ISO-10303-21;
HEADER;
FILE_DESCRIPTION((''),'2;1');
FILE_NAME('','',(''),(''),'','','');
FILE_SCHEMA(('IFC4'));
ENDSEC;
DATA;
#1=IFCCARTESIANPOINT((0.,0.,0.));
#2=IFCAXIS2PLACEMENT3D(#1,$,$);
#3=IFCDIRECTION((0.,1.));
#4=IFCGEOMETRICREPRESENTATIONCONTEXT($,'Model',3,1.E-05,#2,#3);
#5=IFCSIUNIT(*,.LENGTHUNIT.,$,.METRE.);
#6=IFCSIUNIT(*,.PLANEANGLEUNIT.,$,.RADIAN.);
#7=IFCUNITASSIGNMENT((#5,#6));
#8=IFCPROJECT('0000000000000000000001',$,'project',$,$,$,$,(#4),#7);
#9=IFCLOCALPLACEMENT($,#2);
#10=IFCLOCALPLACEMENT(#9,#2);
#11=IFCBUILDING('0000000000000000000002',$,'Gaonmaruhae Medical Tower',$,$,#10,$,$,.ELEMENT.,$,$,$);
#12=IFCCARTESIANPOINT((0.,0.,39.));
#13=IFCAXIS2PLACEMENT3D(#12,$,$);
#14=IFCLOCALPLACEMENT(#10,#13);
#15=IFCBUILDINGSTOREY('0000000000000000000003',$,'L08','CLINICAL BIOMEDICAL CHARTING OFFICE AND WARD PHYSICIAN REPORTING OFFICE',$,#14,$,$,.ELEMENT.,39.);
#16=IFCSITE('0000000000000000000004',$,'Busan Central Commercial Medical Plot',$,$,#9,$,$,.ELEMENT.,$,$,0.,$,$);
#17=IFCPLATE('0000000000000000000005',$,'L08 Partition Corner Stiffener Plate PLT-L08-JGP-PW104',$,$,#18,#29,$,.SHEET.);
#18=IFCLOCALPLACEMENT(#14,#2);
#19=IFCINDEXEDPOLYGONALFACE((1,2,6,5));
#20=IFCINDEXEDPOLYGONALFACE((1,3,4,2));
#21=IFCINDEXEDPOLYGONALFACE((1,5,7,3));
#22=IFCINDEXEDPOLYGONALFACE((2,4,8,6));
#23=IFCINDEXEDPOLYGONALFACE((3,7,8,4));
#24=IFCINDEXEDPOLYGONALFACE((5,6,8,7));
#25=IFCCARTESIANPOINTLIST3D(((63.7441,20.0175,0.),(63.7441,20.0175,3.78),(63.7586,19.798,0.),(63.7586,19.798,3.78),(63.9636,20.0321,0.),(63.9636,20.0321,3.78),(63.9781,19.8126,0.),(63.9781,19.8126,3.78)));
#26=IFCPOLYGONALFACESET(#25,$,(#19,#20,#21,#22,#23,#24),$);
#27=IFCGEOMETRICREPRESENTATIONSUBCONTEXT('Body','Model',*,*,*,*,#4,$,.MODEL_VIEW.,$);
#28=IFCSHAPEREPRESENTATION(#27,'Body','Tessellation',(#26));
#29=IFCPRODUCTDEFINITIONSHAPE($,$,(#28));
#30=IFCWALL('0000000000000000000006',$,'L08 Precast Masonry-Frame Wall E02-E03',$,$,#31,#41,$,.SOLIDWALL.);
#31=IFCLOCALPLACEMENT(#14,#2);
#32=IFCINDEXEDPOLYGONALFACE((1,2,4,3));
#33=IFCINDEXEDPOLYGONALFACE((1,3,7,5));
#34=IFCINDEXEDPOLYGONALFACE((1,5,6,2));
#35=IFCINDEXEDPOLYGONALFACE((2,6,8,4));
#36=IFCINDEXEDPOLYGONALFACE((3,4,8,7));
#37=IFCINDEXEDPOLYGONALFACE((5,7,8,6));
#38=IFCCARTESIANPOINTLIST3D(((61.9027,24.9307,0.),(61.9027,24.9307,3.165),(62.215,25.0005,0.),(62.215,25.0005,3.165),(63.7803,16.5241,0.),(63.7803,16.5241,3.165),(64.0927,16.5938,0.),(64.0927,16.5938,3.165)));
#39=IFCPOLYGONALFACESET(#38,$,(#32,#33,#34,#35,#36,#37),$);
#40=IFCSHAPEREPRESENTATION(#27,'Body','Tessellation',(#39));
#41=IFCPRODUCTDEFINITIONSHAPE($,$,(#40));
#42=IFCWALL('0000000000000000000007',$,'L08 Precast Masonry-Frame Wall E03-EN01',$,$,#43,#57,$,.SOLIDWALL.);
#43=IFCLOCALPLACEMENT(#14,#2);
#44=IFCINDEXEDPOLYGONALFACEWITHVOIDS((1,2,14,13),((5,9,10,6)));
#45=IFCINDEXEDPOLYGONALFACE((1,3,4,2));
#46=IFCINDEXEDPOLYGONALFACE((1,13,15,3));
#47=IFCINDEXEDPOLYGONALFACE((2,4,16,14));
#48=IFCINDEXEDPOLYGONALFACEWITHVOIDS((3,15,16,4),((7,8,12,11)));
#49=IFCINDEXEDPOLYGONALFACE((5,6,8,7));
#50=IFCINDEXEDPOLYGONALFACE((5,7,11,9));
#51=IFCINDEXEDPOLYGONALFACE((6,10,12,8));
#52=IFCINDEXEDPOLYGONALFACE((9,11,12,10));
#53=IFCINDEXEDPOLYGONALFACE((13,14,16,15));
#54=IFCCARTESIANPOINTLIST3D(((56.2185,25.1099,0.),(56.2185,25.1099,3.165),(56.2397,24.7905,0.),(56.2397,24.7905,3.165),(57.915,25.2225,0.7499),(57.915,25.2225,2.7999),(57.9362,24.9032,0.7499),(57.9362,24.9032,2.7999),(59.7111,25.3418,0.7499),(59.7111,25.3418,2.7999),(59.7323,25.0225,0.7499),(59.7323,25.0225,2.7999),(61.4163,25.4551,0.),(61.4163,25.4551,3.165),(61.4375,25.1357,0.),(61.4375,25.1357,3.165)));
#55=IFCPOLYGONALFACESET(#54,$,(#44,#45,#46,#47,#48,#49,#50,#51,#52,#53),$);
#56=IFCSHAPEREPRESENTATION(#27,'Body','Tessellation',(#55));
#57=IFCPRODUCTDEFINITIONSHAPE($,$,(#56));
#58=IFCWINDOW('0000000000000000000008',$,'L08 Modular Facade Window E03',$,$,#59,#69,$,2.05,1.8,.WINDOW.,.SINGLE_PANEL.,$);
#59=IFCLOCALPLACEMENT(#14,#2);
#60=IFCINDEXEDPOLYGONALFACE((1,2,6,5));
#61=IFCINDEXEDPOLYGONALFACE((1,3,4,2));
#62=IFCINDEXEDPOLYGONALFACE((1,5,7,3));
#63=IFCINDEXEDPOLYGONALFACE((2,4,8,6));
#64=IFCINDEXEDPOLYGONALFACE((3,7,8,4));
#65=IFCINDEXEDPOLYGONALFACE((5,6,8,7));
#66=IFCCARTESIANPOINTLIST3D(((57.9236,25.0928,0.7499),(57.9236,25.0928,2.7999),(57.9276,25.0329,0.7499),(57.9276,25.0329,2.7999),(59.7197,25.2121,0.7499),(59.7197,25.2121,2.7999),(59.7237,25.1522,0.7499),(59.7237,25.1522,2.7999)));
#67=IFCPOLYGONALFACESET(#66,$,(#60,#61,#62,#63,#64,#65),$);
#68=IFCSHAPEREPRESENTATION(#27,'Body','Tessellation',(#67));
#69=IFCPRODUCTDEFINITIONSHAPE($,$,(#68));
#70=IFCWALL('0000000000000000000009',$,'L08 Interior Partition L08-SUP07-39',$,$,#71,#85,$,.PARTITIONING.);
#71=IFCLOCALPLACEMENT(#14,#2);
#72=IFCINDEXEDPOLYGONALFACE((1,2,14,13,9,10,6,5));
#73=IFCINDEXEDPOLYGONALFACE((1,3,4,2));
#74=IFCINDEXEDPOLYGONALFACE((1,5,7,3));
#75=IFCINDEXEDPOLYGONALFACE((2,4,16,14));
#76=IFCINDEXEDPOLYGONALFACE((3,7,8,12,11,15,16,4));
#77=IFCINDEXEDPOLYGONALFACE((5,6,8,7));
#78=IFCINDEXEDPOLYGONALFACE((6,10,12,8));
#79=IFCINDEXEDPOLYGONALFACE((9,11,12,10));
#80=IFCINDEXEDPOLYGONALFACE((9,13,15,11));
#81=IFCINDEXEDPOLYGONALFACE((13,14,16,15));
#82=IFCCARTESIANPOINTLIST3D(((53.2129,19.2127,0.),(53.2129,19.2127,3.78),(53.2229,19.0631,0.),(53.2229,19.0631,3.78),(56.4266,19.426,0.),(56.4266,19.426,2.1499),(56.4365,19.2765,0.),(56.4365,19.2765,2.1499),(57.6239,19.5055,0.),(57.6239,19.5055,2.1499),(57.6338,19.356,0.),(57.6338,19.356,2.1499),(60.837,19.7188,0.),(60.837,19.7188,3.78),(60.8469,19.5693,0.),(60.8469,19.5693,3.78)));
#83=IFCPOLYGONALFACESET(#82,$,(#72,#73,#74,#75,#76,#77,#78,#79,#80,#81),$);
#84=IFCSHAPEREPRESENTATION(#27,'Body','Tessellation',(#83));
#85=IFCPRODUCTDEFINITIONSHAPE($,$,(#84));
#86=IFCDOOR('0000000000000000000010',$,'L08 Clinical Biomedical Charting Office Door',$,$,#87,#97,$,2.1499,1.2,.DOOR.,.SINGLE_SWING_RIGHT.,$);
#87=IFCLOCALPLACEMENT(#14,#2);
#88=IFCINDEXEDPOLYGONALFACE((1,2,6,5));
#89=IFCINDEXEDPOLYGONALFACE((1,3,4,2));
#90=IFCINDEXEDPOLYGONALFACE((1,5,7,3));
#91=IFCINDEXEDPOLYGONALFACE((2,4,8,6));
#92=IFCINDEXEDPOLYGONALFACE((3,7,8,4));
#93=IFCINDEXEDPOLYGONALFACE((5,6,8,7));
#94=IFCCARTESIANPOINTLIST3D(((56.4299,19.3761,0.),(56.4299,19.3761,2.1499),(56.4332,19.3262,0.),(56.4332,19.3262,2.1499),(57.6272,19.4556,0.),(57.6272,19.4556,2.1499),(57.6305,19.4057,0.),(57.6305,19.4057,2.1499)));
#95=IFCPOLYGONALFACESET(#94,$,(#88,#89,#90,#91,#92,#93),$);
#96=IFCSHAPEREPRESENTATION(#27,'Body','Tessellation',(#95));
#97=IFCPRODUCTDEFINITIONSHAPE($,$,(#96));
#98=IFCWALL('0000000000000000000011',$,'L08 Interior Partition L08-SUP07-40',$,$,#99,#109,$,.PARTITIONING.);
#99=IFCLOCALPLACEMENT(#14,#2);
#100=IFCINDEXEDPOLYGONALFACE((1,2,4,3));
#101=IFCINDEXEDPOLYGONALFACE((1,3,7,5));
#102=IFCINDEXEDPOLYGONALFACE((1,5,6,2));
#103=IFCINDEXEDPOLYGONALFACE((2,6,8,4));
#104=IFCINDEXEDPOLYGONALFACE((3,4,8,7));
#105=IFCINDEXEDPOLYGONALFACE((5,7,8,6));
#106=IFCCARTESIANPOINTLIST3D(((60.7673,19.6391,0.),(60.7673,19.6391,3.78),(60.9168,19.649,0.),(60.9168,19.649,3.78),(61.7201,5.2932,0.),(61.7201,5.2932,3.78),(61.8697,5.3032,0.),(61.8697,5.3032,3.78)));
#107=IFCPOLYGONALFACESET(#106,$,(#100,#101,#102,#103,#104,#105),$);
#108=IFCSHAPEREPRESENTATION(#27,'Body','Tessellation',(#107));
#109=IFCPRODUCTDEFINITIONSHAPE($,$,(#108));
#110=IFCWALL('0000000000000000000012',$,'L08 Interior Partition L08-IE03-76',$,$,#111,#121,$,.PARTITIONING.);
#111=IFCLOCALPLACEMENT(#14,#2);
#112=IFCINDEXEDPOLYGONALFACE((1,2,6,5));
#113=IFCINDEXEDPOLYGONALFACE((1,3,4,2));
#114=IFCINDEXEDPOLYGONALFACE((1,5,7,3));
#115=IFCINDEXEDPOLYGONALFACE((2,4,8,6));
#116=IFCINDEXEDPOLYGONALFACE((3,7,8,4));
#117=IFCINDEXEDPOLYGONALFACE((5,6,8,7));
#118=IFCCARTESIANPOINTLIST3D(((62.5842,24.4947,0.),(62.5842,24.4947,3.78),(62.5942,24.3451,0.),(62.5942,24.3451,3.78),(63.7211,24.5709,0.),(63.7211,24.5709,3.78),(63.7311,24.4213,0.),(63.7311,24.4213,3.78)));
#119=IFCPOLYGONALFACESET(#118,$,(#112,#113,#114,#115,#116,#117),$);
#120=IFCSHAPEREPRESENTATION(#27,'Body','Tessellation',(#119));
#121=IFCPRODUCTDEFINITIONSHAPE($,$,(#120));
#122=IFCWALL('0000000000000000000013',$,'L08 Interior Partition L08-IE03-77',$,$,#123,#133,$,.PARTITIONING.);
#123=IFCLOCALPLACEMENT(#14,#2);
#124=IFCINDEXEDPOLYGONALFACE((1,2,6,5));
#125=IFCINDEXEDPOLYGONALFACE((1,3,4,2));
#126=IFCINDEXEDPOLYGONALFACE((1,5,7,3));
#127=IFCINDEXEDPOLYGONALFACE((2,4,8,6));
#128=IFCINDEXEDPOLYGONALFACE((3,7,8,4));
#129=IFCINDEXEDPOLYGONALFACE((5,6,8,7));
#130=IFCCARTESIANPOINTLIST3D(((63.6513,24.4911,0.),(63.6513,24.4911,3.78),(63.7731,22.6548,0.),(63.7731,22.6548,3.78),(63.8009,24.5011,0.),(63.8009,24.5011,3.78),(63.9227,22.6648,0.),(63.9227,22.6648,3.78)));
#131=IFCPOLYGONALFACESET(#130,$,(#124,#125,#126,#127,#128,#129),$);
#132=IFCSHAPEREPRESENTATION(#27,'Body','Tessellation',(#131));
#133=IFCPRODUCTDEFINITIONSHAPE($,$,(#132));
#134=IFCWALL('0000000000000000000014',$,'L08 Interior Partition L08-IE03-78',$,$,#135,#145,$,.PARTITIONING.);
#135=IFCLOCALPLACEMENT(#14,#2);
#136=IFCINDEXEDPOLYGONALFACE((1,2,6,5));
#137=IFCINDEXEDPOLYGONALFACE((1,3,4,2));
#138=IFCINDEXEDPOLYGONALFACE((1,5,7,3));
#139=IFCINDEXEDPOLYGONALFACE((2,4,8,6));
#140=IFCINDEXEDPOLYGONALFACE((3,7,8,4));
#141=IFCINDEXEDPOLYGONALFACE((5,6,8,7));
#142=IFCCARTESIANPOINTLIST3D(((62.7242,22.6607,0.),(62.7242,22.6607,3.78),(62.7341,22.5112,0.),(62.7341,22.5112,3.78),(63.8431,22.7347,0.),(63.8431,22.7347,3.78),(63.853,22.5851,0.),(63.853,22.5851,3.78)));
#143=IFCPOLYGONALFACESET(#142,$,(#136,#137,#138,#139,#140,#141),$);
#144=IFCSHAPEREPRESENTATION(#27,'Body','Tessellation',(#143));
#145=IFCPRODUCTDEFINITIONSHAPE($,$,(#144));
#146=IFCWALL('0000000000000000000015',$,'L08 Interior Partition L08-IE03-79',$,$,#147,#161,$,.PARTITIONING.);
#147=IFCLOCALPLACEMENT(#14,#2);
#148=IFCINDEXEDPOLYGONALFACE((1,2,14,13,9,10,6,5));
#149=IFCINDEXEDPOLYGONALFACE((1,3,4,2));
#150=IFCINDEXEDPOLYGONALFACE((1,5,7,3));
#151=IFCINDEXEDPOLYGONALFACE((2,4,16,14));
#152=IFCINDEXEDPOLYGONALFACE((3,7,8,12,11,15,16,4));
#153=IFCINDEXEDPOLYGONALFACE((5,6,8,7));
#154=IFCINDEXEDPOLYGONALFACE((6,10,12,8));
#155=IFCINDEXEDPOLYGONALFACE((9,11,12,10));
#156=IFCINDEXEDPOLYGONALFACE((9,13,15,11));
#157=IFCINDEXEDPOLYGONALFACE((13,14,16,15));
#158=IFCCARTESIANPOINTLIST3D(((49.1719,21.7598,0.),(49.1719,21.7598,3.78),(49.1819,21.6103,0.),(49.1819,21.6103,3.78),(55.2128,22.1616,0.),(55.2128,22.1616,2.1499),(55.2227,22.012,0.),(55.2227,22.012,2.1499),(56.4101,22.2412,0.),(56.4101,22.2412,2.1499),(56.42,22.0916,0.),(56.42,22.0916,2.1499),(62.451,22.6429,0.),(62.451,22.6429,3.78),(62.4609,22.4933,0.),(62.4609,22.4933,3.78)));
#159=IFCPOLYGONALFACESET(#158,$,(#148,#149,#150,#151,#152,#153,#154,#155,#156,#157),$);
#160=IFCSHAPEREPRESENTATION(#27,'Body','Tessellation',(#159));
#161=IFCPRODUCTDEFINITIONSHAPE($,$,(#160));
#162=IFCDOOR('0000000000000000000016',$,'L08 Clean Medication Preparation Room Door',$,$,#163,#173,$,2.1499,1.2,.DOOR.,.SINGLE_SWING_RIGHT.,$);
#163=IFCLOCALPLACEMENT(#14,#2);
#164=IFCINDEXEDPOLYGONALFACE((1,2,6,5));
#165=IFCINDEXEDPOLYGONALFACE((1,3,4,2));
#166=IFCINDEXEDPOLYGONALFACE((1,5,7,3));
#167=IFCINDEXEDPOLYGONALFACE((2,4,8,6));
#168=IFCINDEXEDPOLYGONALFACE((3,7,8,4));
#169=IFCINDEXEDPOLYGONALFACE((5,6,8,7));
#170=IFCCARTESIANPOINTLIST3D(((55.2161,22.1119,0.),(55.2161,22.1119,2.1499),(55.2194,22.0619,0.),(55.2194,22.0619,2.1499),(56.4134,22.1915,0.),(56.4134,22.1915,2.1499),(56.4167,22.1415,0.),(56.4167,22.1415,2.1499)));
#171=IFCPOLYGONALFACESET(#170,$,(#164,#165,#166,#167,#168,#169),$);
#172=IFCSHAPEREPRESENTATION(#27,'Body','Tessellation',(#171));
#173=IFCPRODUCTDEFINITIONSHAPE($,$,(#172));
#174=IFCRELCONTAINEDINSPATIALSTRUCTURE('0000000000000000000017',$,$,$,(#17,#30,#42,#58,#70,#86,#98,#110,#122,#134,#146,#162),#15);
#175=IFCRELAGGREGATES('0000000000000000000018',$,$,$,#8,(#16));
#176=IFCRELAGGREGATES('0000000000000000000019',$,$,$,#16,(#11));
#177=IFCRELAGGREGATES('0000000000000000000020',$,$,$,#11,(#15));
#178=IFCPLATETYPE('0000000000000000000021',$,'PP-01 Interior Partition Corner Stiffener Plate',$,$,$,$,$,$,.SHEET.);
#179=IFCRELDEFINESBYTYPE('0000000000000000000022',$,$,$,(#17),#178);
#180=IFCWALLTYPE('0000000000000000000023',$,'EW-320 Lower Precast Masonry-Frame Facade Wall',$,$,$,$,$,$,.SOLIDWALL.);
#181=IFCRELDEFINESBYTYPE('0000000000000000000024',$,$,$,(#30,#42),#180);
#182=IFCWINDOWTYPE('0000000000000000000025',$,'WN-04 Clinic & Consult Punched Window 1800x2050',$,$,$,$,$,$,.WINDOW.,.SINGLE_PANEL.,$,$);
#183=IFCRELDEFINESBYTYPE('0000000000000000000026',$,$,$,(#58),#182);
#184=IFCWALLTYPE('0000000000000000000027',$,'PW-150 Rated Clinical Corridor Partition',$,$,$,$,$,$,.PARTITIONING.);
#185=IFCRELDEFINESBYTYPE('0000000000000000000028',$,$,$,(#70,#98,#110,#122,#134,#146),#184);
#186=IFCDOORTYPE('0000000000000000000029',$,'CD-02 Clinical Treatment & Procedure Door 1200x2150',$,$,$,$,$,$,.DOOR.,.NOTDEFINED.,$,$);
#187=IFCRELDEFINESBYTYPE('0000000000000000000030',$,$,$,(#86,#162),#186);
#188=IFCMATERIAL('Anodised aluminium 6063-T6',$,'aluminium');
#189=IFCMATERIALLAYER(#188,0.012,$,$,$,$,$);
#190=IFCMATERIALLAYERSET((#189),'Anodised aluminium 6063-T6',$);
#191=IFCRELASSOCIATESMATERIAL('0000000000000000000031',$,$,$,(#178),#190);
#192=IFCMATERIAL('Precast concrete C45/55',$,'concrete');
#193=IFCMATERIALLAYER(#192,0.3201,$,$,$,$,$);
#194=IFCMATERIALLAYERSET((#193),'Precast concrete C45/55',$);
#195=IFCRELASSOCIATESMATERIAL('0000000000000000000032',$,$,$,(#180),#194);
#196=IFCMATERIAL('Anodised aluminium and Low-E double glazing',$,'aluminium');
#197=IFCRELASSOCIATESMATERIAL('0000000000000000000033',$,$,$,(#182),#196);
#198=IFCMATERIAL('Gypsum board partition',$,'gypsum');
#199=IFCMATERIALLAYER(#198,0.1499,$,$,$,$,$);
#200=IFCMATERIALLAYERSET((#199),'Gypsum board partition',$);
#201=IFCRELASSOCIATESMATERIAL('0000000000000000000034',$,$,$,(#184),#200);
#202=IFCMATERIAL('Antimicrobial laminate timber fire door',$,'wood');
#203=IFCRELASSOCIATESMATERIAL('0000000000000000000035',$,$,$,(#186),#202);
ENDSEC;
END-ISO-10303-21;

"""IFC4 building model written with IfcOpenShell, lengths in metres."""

from ifc_helpers import new_model, si_unit, direction, frame, frame_2d, origin, origin_2d, place, context, subcontext, project, spatial, rectangle, extrude, material, layer, layer_set, type_object, element, fill, save


model = new_model("IFC4")

# Units and contexts
model_context = context("Model", 3, precision=1e-05, world=origin(), true_north=direction((0.0, 1.0)))
body_context = subcontext(model_context, "Body", "Model", "MODEL_VIEW")
ifc_project = project(units=[si_unit("LENGTHUNIT", "METRE"), si_unit("PLANEANGLEUNIT", "RADIAN")], contexts=[model_context])

# Site, building, storey
site_placement = place(None, origin())
site = spatial("IfcSite", under=ifc_project, at=site_placement, Name="Busan Central Commercial Medical Plot", CompositionType="ELEMENT", RefElevation=0.0)
building_placement = place(site_placement, origin())
building = spatial("IfcBuilding", under=site, at=building_placement, Name="Gaonmaruhae Medical Tower", CompositionType="ELEMENT")
storey_placement = place(building_placement, frame((0.0, 0.0, 39.0)))
storey = spatial("IfcBuildingStorey", under=building, at=storey_placement, Name="L08", Description="CLINICAL BIOMEDICAL CHARTING OFFICE AND WARD PHYSICIAN REPORTING OFFICE", CompositionType="ELEMENT", Elevation=39.0)

# Plate
ifc_material_1 = material(Name="Anodised aluminium 6063-T6", Category="aluminium")
ifc_layer_1 = layer(ifc_material_1, 0.012)
ifc_layer_set_1 = layer_set([ifc_layer_1], Name="Anodised aluminium 6063-T6")
plate_type_1 = type_object("IfcPlateType", Name="PP-01 Interior Partition Corner Stiffener Plate", PredefinedType="SHEET", material=ifc_layer_set_1)
plate_1_placement = place(storey_placement, frame((63.8611, 19.915, 0.0), z_axis=(0.0, 0.0, 1.0), x_axis=(0.997811, 0.066135, 0.0)))
element("IfcPlate", 1, at=plate_1_placement, inside=storey, type_object=plate_type_1, Name="L08 Partition Corner Stiffener Plate PLT-L08-JGP-PW104", PredefinedType="SHEET", context=body_context, shape_type="SweptSolid", body=[
    extrude(rectangle(XDim=0.22, YDim=0.22, at=origin_2d()), origin(), (0.0, 0.0, 1.0), 3.78),
])

# Wall
ifc_material_2 = material(Name="Precast concrete C45/55", Category="concrete")
ifc_layer_2 = layer(ifc_material_2, 0.3201)
ifc_layer_set_2 = layer_set([ifc_layer_2], Name="Precast concrete C45/55")
wall_type_1 = type_object("IfcWallType", Name="EW-320 Lower Precast Masonry-Frame Facade Wall", PredefinedType="SOLIDWALL", material=ifc_layer_set_2)
wall_1_placement = place(storey_placement, frame((62.0588, 24.9656, 0.0), z_axis=(0.0, 0.0, 1.0), x_axis=(0.217984, -0.975952, 0.0)))
element("IfcWall", 2, at=wall_1_placement, inside=storey, type_object=wall_type_1, Name="L08 Precast Masonry-Frame Wall E02-E03", PredefinedType="SOLIDWALL", context=body_context, shape_type="SweptSolid", body=[
    extrude(rectangle(XDim=8.6138, YDim=0.3201, at=frame_2d((4.3069, 0.0))), origin(), (0.0, 0.0, 1.0), 3.165),
])

# Wall, opening, window
wall_2_placement = place(storey_placement, frame((56.2292, 24.9502, 0.0), z_axis=(0.0, 0.0, 1.0), x_axis=(0.997802, 0.06627, 0.0)))
wall_2 = element("IfcWall", 3, at=wall_2_placement, inside=storey, type_object=wall_type_1, Name="L08 Precast Masonry-Frame Wall E03-EN01", PredefinedType="SOLIDWALL", context=body_context, shape_type="SweptSolid", body=[
    extrude(rectangle(XDim=5.2092, YDim=0.3201, at=frame_2d((2.6045, 0.0))), origin(), (0.0, 0.0, 1.0), 3.165),
])
opening_1_placement = place(wall_2_placement, frame((1.7002, 0.0, 0.75)))
opening_1 = element("IfcOpeningElement", 4, at=opening_1_placement, cuts=wall_2, PredefinedType="OPENING", context=body_context, shape_type="SweptSolid", body=[
    extrude(rectangle(XDim=1.8, YDim=2.05, at=frame_2d((0.8999, 1.0249))), frame((0.0, 0.1699, 0.0), z_axis=(0.0, -1.0, 0.0), x_axis=(1.0, 0.0, 0.0)), (0.0, 0.0, 1.0), 0.3401),
])
ifc_material_3 = material(Name="Anodised aluminium and Low-E double glazing", Category="aluminium")
window_type = type_object("IfcWindowType", Name="WN-04 Clinic & Consult Punched Window 1800x2050", PartitioningType="SINGLE_PANEL", PredefinedType="WINDOW", material=ifc_material_3)
window_placement = place(opening_1_placement, origin())
window = element("IfcWindow", 5, at=window_placement, inside=storey, type_object=window_type, Name="L08 Modular Facade Window E03", OverallHeight=2.05, OverallWidth=1.8, PartitioningType="SINGLE_PANEL", PredefinedType="WINDOW", context=body_context, shape_type="SweptSolid", body=[
    extrude(rectangle(XDim=1.8, YDim=2.05, at=frame_2d((0.8999, 1.0249))), frame((0.0, 0.03, 0.0), z_axis=(0.0, -1.0, 0.0), x_axis=(1.0, 0.0, 0.0)), (0.0, 0.0, 1.0), 0.0601),
])
fill(opening_1, window)

# Wall, opening, door
ifc_material_4 = material(Name="Gypsum board partition", Category="gypsum")
ifc_layer_3 = layer(ifc_material_4, 0.1499)
ifc_layer_set_3 = layer_set([ifc_layer_3], Name="Gypsum board partition")
wall_type_2 = type_object("IfcWallType", Name="PW-150 Rated Clinical Corridor Partition", PredefinedType="PARTITIONING", material=ifc_layer_set_3)
wall_3_placement = place(storey_placement, frame((53.218, 19.1379, 0.0), z_axis=(0.0, 0.0, 1.0), x_axis=(0.997804, 0.066237, 0.0)))
wall_3 = element("IfcWall", 6, at=wall_3_placement, inside=storey, type_object=wall_type_2, Name="L08 Interior Partition L08-SUP07-39", PredefinedType="PARTITIONING", context=body_context, shape_type="SweptSolid", body=[
    extrude(rectangle(XDim=7.6409, YDim=0.1499, at=frame_2d((3.8203, 0.0))), origin(), (0.0, 0.0, 1.0), 3.78),
])
opening_2_placement = place(wall_3_placement, frame((3.2205, 0.0, 0.0)))
opening_2 = element("IfcOpeningElement", 7, at=opening_2_placement, cuts=wall_3, PredefinedType="OPENING", context=body_context, shape_type="SweptSolid", body=[
    extrude(rectangle(XDim=1.2, YDim=2.1499, at=frame_2d((0.6001, 1.075))), frame((0.0, 0.085, 0.0), z_axis=(0.0, -1.0, 0.0), x_axis=(1.0, 0.0, 0.0)), (0.0, 0.0, 1.0), 0.1699),
])
ifc_material_5 = material(Name="Antimicrobial laminate timber fire door", Category="wood")
door_type_1 = type_object("IfcDoorType", Name="CD-02 Clinical Treatment & Procedure Door 1200x2150", OperationType="NOTDEFINED", PredefinedType="DOOR", material=ifc_material_5)
door_1_placement = place(opening_2_placement, origin())
door_1 = element("IfcDoor", 8, at=door_1_placement, inside=storey, type_object=door_type_1, Name="L08 Clinical Biomedical Charting Office Door", OperationType="SINGLE_SWING_RIGHT", OverallHeight=2.1499, OverallWidth=1.2, PredefinedType="DOOR", context=body_context, shape_type="SweptSolid", body=[
    extrude(rectangle(XDim=1.2, YDim=2.1499, at=frame_2d((0.6001, 1.075))), frame((0.0, 0.0249, 0.0), z_axis=(0.0, -1.0, 0.0), x_axis=(1.0, 0.0, 0.0)), (0.0, 0.0, 1.0), 0.05),
])
fill(opening_2, door_1)

# Walls
wall_4_placement = place(storey_placement, frame((60.842, 19.644, 0.0), z_axis=(0.0, 0.0, 1.0), x_axis=(0.066276, -0.997801, 0.0)))
element("IfcWall", 9, at=wall_4_placement, inside=storey, type_object=wall_type_2, Name="L08 Interior Partition L08-SUP07-40", PredefinedType="PARTITIONING", context=body_context, shape_type="SweptSolid", body=[
    extrude(rectangle(XDim=14.3774, YDim=0.1499, at=frame_2d((7.1887, 0.0))), origin(), (0.0, 0.0, 1.0), 3.78),
])
wall_5_placement = place(storey_placement, frame((62.5891, 24.4199, 0.0), z_axis=(0.0, 0.0, 1.0), x_axis=(0.997763, 0.066846, 0.0)))
element("IfcWall", 10, at=wall_5_placement, inside=storey, type_object=wall_type_2, Name="L08 Interior Partition L08-IE03-76", PredefinedType="PARTITIONING", context=body_context, shape_type="SweptSolid", body=[
    extrude(rectangle(XDim=1.1394, YDim=0.1499, at=frame_2d((0.5698, 0.0))), origin(), (0.0, 0.0, 1.0), 3.78),
])
wall_6_placement = place(storey_placement, frame((63.7261, 24.4961, 0.0), z_axis=(0.0, 0.0, 1.0), x_axis=(0.066202, -0.997806, 0.0)))
element("IfcWall", 11, at=wall_6_placement, inside=storey, type_object=wall_type_2, Name="L08 Interior Partition L08-IE03-77", PredefinedType="PARTITIONING", context=body_context, shape_type="SweptSolid", body=[
    extrude(rectangle(XDim=1.8403, YDim=0.1499, at=frame_2d((0.9202, 0.0))), origin(), (0.0, 0.0, 1.0), 3.78),
])
wall_7_placement = place(storey_placement, frame((63.8479, 22.6599, 0.0), z_axis=(0.0, 0.0, 1.0), x_axis=(-0.997822, -0.06597, 0.0)))
element("IfcWall", 12, at=wall_7_placement, inside=storey, type_object=wall_type_2, Name="L08 Interior Partition L08-IE03-78", PredefinedType="PARTITIONING", context=body_context, shape_type="SweptSolid", body=[
    extrude(rectangle(XDim=1.1213, YDim=0.1499, at=frame_2d((0.5605, 0.0))), origin(), (0.0, 0.0, 1.0), 3.78),
])

# Wall, opening, door
wall_8_placement = place(storey_placement, frame((62.4561, 22.5681, 0.0), z_axis=(0.0, 0.0, 1.0), x_axis=(-0.997796, -0.066353, 0.0)))
wall_8 = element("IfcWall", 13, at=wall_8_placement, inside=storey, type_object=wall_type_2, Name="L08 Interior Partition L08-IE03-79", PredefinedType="PARTITIONING", context=body_context, shape_type="SweptSolid", body=[
    extrude(rectangle(XDim=13.3083, YDim=0.1499, at=frame_2d((6.6543, 0.0))), origin(), (0.0, 0.0, 1.0), 3.78),
])
opening_3_placement = place(wall_8_placement, frame((6.0542, 0.0, 0.0)))
opening_3 = element("IfcOpeningElement", 14, at=opening_3_placement, cuts=wall_8, PredefinedType="OPENING", context=body_context, shape_type="SweptSolid", body=[
    extrude(rectangle(XDim=1.2, YDim=2.1499, at=frame_2d((0.6001, 1.075))), frame((0.0, 0.085, 0.0), z_axis=(0.0, -1.0, 0.0), x_axis=(1.0, 0.0, 0.0)), (0.0, 0.0, 1.0), 0.1699),
])
door_2_placement = place(opening_3_placement, origin())
door_2 = element("IfcDoor", 15, at=door_2_placement, inside=storey, type_object=door_type_1, Name="L08 Clean Medication Preparation Room Door", OperationType="SINGLE_SWING_RIGHT", OverallHeight=2.1499, OverallWidth=1.2, PredefinedType="DOOR", context=body_context, shape_type="SweptSolid", body=[
    extrude(rectangle(XDim=1.2, YDim=2.1499, at=frame_2d((0.6001, 1.075))), frame((0.0, 0.0249, 0.0), z_axis=(0.0, -1.0, 0.0), x_axis=(1.0, 0.0, 0.0)), (0.0, 0.0, 1.0), 0.05),
])
fill(opening_3, door_2)

save(model, "model.ifc")
